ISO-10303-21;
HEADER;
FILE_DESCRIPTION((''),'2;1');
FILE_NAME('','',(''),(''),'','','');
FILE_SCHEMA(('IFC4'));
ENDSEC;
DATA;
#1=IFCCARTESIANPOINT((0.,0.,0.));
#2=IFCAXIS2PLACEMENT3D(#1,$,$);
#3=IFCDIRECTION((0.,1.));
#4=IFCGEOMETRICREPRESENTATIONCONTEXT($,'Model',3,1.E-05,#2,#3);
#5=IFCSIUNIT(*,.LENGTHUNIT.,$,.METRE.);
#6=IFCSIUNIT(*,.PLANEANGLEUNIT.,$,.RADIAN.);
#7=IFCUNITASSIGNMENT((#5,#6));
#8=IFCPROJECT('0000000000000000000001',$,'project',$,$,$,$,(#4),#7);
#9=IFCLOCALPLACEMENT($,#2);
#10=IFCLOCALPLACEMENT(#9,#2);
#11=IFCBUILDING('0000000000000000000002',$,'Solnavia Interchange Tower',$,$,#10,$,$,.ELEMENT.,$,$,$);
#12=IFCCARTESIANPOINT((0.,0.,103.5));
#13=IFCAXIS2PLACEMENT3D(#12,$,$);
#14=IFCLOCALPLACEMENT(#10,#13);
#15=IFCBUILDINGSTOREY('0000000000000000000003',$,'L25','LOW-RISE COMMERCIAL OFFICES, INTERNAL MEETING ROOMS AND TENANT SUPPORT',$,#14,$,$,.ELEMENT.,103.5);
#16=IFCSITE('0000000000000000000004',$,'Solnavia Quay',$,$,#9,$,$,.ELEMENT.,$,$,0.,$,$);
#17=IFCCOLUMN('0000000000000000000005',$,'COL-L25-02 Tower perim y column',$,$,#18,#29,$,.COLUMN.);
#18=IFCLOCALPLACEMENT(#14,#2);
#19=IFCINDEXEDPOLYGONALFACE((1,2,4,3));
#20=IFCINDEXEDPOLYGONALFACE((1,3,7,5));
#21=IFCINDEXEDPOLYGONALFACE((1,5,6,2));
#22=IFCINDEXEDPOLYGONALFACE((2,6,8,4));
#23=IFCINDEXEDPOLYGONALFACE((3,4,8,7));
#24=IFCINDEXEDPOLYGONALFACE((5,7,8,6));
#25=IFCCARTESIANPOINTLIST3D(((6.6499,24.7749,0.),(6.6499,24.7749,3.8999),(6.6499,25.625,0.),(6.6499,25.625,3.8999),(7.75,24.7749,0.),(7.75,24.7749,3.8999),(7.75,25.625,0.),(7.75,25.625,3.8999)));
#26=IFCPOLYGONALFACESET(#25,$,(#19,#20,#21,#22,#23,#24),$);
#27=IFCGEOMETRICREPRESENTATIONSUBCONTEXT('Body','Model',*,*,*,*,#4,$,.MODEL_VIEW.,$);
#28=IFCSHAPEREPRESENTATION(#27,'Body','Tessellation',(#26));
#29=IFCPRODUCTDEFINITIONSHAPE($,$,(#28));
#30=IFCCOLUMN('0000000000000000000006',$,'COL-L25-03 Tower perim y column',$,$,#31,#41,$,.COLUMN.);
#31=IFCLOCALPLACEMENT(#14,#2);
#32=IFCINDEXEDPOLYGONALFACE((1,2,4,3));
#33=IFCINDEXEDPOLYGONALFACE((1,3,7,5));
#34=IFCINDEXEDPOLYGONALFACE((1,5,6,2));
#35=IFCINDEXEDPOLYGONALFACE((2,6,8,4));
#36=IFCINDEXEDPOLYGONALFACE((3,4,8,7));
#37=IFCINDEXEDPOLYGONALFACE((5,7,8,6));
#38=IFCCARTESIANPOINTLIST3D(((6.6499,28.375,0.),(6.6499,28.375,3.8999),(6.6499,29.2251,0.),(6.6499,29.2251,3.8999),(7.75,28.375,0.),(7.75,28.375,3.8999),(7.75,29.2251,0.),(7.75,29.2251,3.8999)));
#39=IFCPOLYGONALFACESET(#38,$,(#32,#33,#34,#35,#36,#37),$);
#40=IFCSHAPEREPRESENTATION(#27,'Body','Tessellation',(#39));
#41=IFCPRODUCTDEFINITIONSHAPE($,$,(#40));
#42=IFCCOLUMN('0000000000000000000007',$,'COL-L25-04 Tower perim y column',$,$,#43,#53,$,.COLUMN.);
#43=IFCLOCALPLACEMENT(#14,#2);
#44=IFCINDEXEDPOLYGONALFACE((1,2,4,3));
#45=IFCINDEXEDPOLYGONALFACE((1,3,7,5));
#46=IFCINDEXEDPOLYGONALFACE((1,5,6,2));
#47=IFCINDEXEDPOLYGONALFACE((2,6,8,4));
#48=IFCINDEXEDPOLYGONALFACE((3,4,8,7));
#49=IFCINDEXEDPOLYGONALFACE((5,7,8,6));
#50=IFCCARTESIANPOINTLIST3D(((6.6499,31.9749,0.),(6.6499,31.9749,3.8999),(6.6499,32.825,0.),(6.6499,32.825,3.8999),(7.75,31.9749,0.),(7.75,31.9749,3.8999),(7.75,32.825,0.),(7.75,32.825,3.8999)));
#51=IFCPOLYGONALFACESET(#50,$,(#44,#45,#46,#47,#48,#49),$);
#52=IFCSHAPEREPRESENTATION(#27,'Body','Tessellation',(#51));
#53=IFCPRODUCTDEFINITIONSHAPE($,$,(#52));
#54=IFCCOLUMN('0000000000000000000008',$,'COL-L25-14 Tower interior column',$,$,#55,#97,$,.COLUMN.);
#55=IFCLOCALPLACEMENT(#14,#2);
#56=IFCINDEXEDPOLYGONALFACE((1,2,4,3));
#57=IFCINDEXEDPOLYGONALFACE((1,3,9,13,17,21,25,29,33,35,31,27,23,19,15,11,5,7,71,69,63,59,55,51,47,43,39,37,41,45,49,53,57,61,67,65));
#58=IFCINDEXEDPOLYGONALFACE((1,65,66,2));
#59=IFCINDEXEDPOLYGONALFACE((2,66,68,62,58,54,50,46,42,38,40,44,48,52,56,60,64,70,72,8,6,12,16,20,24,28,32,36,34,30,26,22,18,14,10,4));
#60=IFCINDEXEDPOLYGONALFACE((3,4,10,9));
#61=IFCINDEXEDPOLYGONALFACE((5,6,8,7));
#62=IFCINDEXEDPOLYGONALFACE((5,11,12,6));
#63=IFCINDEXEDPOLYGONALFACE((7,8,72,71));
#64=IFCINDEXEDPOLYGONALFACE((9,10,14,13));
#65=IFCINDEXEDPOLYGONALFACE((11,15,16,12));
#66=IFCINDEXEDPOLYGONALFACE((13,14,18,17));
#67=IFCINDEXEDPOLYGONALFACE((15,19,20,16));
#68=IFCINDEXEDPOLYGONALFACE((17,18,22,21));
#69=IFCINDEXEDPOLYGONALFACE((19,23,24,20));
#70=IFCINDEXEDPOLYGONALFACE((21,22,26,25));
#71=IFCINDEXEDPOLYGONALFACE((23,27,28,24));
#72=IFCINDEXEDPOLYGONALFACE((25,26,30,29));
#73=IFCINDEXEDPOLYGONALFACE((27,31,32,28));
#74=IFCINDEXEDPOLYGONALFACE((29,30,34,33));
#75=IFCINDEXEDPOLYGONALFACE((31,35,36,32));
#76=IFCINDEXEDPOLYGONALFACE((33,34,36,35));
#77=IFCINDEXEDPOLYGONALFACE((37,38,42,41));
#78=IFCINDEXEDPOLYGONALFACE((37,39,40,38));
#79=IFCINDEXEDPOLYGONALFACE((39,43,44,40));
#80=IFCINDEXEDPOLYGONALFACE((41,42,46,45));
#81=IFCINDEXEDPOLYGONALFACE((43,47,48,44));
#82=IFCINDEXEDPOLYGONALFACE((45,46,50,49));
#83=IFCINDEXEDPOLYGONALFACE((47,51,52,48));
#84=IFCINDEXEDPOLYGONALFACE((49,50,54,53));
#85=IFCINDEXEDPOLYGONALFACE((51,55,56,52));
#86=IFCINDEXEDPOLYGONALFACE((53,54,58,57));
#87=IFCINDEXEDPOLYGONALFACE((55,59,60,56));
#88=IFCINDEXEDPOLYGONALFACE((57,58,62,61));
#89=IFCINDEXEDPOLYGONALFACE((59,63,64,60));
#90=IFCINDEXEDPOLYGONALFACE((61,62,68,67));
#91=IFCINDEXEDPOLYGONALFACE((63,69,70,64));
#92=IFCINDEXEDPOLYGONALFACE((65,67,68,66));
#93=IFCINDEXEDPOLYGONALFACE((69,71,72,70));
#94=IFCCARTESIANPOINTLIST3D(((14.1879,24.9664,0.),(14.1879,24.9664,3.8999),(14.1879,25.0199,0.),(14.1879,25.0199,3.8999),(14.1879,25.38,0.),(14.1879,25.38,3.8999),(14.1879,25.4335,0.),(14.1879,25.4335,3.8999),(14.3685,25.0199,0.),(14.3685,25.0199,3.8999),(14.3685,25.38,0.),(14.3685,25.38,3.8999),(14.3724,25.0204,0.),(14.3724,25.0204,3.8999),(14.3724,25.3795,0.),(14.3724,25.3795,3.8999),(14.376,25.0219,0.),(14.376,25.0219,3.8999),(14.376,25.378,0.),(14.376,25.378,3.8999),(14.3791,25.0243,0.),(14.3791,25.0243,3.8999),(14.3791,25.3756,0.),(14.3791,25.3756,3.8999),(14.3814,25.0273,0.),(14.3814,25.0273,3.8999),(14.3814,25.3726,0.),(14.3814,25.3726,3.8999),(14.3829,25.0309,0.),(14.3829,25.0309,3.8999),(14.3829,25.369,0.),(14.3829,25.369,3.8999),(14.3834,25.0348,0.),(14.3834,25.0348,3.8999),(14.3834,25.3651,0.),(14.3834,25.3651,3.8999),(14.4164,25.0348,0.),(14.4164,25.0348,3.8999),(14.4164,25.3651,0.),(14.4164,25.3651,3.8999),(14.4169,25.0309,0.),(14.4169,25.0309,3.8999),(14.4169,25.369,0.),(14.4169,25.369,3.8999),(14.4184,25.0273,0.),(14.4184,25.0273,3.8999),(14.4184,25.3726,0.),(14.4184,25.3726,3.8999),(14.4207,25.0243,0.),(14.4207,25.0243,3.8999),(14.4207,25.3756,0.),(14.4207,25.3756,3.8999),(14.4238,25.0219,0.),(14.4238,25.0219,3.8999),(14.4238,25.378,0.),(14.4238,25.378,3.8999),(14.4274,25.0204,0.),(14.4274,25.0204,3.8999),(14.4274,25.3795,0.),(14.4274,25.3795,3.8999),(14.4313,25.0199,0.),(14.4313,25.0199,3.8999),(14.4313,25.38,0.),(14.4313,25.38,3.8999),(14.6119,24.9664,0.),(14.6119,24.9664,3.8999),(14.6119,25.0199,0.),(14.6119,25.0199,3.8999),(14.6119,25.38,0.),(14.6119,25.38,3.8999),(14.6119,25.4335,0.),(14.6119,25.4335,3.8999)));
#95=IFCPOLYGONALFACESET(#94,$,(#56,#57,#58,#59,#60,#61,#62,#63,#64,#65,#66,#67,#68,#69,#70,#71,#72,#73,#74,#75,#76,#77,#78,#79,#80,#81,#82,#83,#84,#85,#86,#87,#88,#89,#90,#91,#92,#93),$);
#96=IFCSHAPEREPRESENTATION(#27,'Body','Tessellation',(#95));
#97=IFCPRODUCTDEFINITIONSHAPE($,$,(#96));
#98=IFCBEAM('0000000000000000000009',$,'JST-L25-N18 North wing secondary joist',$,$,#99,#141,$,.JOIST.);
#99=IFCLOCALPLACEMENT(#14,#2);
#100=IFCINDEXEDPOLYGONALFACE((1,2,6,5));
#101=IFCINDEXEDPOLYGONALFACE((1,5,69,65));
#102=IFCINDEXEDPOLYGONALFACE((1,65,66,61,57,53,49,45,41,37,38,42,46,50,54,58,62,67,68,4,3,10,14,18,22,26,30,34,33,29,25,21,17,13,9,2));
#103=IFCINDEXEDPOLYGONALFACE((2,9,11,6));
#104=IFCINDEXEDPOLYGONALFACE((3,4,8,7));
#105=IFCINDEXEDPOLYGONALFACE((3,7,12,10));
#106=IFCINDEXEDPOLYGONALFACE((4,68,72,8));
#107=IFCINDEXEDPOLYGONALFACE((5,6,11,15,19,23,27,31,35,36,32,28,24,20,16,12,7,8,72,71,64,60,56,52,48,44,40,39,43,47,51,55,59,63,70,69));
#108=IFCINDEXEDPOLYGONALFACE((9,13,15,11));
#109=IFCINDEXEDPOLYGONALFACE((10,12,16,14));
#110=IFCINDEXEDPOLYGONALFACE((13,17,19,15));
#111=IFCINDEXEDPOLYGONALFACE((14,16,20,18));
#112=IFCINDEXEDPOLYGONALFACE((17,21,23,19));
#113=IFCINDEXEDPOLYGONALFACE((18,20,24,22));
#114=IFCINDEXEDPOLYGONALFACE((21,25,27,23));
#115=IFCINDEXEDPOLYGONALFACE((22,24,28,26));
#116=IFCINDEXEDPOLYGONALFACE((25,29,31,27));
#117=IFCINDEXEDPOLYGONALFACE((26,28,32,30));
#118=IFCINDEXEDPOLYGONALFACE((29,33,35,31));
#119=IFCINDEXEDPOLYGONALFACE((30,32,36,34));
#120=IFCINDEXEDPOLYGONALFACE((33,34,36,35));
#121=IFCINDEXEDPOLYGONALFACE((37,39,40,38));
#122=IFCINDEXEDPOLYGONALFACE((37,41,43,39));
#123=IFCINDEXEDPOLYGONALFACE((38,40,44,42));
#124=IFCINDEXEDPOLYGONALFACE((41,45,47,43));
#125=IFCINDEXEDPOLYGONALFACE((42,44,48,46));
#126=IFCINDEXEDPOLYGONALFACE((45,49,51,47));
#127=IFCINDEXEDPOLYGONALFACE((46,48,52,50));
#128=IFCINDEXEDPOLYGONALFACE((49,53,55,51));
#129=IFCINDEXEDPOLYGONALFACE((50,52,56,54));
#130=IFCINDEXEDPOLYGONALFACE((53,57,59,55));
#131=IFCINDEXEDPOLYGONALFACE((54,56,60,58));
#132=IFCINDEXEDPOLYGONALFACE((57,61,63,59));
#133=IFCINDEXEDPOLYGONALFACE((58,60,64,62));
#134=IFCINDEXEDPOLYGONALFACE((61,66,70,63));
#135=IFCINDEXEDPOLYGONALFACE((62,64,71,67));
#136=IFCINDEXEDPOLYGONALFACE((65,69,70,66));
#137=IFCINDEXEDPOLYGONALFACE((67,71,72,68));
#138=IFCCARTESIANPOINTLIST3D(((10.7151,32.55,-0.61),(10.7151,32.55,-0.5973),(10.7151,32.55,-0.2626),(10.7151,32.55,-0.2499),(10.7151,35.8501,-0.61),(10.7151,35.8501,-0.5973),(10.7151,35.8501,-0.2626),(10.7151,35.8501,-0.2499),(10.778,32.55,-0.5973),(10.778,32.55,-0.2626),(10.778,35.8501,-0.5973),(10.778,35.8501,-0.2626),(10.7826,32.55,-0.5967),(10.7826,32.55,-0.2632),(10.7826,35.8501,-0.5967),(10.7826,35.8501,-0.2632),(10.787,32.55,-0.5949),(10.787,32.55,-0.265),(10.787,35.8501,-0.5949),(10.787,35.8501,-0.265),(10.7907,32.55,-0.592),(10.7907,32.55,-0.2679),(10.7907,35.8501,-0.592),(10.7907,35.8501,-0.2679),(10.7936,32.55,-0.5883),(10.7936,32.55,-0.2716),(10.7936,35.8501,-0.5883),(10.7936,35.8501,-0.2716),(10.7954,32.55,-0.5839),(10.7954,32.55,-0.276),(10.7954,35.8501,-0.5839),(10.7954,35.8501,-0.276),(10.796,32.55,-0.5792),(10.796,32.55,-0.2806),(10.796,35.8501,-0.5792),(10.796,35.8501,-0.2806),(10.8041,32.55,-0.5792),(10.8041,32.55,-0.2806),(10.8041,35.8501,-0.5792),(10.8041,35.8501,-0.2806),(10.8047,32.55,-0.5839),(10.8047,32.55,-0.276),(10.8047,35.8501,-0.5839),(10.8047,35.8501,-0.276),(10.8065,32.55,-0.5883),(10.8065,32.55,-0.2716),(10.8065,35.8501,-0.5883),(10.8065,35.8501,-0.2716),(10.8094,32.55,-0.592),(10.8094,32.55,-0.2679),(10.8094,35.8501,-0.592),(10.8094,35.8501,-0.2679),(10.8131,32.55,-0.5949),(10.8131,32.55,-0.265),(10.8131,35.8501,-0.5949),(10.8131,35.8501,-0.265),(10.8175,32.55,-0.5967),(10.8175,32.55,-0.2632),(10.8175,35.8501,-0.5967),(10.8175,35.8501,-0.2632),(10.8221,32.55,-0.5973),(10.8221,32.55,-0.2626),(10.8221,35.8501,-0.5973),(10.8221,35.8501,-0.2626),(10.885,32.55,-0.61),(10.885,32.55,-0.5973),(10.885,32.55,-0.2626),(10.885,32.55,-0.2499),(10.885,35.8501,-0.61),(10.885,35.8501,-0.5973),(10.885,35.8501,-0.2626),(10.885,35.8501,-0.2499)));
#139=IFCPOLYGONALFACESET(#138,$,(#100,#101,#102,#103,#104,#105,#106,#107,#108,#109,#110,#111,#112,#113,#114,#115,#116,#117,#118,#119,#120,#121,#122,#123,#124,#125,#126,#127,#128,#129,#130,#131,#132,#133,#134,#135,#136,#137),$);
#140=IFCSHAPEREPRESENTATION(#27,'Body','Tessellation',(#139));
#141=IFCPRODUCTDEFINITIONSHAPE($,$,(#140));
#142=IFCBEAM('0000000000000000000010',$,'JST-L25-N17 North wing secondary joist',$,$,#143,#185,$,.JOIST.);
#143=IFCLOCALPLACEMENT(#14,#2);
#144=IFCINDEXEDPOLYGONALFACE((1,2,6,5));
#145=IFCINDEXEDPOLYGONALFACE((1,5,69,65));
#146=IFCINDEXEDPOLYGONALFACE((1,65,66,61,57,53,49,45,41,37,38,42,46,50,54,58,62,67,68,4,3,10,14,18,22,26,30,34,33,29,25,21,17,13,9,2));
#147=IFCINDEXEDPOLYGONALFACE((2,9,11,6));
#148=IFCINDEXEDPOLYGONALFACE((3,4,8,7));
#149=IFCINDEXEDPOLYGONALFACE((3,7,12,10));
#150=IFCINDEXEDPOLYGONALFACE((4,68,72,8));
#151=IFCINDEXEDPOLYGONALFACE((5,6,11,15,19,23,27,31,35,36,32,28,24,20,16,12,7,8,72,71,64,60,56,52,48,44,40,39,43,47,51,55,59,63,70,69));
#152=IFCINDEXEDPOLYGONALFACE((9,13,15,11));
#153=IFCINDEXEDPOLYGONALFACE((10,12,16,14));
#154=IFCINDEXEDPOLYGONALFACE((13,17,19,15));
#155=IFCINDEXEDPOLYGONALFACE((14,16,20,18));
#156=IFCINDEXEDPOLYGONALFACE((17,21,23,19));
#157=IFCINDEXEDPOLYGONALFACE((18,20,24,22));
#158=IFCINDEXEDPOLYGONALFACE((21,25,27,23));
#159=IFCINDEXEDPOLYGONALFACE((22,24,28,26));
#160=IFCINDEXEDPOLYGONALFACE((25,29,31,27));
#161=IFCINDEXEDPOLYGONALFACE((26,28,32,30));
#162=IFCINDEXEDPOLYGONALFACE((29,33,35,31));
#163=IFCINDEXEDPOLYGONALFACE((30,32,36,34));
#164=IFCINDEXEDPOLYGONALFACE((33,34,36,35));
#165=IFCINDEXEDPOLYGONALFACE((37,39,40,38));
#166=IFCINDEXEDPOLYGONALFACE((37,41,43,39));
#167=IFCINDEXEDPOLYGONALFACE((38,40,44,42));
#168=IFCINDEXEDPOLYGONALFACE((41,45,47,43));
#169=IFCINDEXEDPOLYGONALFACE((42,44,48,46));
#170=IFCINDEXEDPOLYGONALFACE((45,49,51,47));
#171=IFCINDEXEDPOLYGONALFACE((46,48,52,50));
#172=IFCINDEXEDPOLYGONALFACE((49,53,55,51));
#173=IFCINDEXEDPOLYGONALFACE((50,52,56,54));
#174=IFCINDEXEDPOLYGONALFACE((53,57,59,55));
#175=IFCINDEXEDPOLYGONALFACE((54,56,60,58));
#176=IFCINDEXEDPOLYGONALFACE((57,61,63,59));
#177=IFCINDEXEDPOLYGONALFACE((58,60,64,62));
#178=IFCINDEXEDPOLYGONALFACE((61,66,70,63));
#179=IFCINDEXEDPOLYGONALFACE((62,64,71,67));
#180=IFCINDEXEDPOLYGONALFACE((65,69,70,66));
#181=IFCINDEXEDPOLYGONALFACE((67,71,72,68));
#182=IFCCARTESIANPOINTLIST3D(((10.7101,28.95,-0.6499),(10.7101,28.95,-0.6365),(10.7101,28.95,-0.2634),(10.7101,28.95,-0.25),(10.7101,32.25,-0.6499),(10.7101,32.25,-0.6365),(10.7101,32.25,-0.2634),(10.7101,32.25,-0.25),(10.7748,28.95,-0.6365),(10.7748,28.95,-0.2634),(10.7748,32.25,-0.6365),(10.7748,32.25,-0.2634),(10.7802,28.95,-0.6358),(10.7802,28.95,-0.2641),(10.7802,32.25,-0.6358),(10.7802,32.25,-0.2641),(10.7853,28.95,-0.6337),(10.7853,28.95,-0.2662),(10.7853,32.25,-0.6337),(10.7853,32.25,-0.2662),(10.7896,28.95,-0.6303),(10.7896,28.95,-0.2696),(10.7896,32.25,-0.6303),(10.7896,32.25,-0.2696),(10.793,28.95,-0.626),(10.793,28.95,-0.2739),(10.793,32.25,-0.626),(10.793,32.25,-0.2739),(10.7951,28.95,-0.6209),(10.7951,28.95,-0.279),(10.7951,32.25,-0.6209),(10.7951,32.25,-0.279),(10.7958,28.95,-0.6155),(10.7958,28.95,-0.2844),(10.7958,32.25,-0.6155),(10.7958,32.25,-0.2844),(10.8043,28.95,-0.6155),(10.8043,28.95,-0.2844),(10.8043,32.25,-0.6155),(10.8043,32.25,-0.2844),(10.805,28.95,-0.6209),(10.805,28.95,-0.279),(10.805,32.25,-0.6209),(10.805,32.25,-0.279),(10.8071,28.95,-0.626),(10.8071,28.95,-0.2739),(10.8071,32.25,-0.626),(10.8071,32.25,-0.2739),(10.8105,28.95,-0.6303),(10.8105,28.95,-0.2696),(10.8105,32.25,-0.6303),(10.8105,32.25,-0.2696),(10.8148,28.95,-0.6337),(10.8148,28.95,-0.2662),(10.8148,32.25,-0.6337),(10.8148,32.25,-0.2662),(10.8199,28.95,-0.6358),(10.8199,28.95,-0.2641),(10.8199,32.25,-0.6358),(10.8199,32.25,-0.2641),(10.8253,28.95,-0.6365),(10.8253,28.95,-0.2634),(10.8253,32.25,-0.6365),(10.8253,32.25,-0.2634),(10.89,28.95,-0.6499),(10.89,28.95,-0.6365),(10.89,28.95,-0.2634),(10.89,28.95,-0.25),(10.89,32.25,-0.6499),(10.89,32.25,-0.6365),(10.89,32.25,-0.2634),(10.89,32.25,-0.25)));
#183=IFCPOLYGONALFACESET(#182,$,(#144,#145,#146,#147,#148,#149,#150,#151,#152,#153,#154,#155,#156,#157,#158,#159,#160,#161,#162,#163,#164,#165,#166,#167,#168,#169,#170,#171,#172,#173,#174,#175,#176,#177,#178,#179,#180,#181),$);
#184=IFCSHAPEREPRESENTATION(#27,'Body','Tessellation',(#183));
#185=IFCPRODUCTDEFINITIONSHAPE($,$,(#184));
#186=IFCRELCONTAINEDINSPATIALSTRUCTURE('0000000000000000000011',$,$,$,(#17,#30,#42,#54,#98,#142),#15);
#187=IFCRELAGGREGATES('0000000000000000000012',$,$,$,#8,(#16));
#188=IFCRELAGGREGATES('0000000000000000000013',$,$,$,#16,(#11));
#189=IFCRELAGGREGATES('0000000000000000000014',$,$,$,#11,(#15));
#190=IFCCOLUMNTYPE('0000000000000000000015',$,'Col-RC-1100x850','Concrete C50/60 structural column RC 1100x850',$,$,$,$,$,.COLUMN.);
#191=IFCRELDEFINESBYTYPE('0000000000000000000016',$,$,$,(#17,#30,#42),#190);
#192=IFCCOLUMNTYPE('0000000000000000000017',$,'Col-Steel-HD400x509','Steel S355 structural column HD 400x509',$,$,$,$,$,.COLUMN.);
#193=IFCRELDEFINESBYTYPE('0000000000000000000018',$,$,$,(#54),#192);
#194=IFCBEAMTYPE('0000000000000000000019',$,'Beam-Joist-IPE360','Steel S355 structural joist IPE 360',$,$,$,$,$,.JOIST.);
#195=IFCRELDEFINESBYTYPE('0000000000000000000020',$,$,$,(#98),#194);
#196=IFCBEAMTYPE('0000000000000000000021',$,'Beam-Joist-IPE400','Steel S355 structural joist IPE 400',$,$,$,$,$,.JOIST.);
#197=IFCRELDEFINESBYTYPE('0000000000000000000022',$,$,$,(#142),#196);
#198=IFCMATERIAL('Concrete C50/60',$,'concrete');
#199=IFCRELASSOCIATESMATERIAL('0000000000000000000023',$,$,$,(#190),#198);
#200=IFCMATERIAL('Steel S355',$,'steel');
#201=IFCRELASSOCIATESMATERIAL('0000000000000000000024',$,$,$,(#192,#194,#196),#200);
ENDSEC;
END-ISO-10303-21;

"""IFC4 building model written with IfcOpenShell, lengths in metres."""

from ifc_helpers import new_model, si_unit, direction, frame, origin, origin_2d, place, context, subcontext, project, spatial, rectangle, i_section, extrude, material, material_profile, profile_set, type_object, element, save


model = new_model("IFC4")

# Units and contexts
model_context = context("Model", 3, precision=1e-05, world=origin(), true_north=direction((0.0, 1.0)))
body_context = subcontext(model_context, "Body", "Model", "MODEL_VIEW")
ifc_project = project(units=[si_unit("LENGTHUNIT", "METRE"), si_unit("PLANEANGLEUNIT", "RADIAN")], contexts=[model_context])

# Site, building, storey
site_placement = place(None, origin())
site = spatial("IfcSite", under=ifc_project, at=site_placement, Name="Solnavia Quay", CompositionType="ELEMENT", RefElevation=0.0)
building_placement = place(site_placement, origin())
building = spatial("IfcBuilding", under=site, at=building_placement, Name="Solnavia Interchange Tower", CompositionType="ELEMENT")
storey_placement = place(building_placement, frame((0.0, 0.0, 103.5)))
storey = spatial("IfcBuildingStorey", under=building, at=storey_placement, Name="L25", Description="LOW-RISE COMMERCIAL OFFICES, INTERNAL MEETING ROOMS AND TENANT SUPPORT", CompositionType="ELEMENT", Elevation=103.5)

# Columns
ifc_material_1 = material(Name="Concrete C50/60", Category="concrete")
ifc_material_profile_1 = material_profile(ifc_material_1, rectangle(XDim=0.8501, YDim=1.1001, at=origin_2d()), Name="RC 1100x850")
ifc_profile_set_1 = profile_set([ifc_material_profile_1], Name="Concrete C50/60")
column_type_1 = type_object("IfcColumnType", Name="Col-RC-1100x850", Description="Concrete C50/60 structural column RC 1100x850", PredefinedType="COLUMN", material=ifc_profile_set_1)
for number, where, z_axis, x_axis, name in (
    (1, (7.2, 25.2, 0.0), (0.0, 0.0, 1.0), (0.0, 1.0, 0.0), "COL-L25-02 Tower perim y column"),
    (2, (7.2, 28.8, 0.0), (0.0, 0.0, 1.0), (0.0, 1.0, 0.0), "COL-L25-03 Tower perim y column"),
    (3, (7.2, 32.3999, 0.0), (0.0, 0.0, 1.0), (0.0, 1.0, 0.0), "COL-L25-04 Tower perim y column"),
):
    element("IfcColumn", number, at=place(storey_placement, frame(where, z_axis=z_axis, x_axis=x_axis)), inside=storey, type_object=column_type_1, Name=name, PredefinedType="COLUMN", context=body_context, shape_type="SweptSolid", body=[
        extrude(rectangle(XDim=0.8501, YDim=1.1001, at=origin_2d()), origin(), (0.0, 0.0, 1.0), 3.8999),
    ])
ifc_material_2 = material(Name="Steel S355", Category="steel")
ifc_material_profile_2 = material_profile(ifc_material_2, i_section(OverallWidth=0.4241, OverallDepth=0.467, WebThickness=0.033, FlangeThickness=0.0535, FilletRadius=0.0149, at=origin_2d()), Name="HD 400x509")
ifc_profile_set_2 = profile_set([ifc_material_profile_2], Name="Steel S355")
column_type_2 = type_object("IfcColumnType", Name="Col-Steel-HD400x509", Description="Steel S355 structural column HD 400x509", PredefinedType="COLUMN", material=ifc_profile_set_2)
column_placement = place(storey_placement, frame((14.3999, 25.2, 0.0), z_axis=(0.0, 0.0, 1.0), x_axis=(1.0, 0.0, 0.0)))
element("IfcColumn", 4, at=column_placement, inside=storey, type_object=column_type_2, Name="COL-L25-14 Tower interior column", PredefinedType="COLUMN", context=body_context, shape_type="SweptSolid", body=[
    extrude(i_section(OverallWidth=0.4241, OverallDepth=0.467, WebThickness=0.033, FlangeThickness=0.0535, FilletRadius=0.0149, at=origin_2d()), origin(), (0.0, 0.0, 1.0), 3.8999),
])

# Beams
ifc_material_profile_3 = material_profile(ifc_material_2, i_section(OverallWidth=0.1699, OverallDepth=0.3601, WebThickness=0.0081, FlangeThickness=0.0127, FilletRadius=0.0181, at=origin_2d()), Name="IPE 360")
ifc_profile_set_3 = profile_set([ifc_material_profile_3], Name="Steel S355")
beam_type_1 = type_object("IfcBeamType", Name="Beam-Joist-IPE360", Description="Steel S355 structural joist IPE 360", PredefinedType="JOIST", material=ifc_profile_set_3)
beam_1_placement = place(storey_placement, frame((10.8, 32.55, -0.4299), z_axis=(0.0, 1.0, 0.0), x_axis=(-1.0, 0.0, 0.0)))
element("IfcBeam", 5, at=beam_1_placement, inside=storey, type_object=beam_type_1, Name="JST-L25-N18 North wing secondary joist", PredefinedType="JOIST", context=body_context, shape_type="SweptSolid", body=[
    extrude(i_section(OverallWidth=0.1699, OverallDepth=0.3601, WebThickness=0.0081, FlangeThickness=0.0127, FilletRadius=0.0181, at=origin_2d()), origin(), (0.0, 0.0, 1.0), 3.3),
])
ifc_material_profile_4 = material_profile(ifc_material_2, i_section(OverallWidth=0.1799, OverallDepth=0.3999, WebThickness=0.0085, FlangeThickness=0.0134, FilletRadius=0.021, at=origin_2d()), Name="IPE 400")
ifc_profile_set_4 = profile_set([ifc_material_profile_4], Name="Steel S355")
beam_type_2 = type_object("IfcBeamType", Name="Beam-Joist-IPE400", Description="Steel S355 structural joist IPE 400", PredefinedType="JOIST", material=ifc_profile_set_4)
for number, where, z_axis, x_axis, name in (
    (6, (10.8, 28.95, -0.45), (0.0, 1.0, 0.0), (-1.0, 0.0, 0.0), "JST-L25-N17 North wing secondary joist"),
):
    element("IfcBeam", number, at=place(storey_placement, frame(where, z_axis=z_axis, x_axis=x_axis)), inside=storey, type_object=beam_type_2, Name=name, PredefinedType="JOIST", context=body_context, shape_type="SweptSolid", body=[
        extrude(i_section(OverallWidth=0.1799, OverallDepth=0.3999, WebThickness=0.0085, FlangeThickness=0.0134, FilletRadius=0.021, at=origin_2d()), origin(), (0.0, 0.0, 1.0), 3.3),
    ])

save(model, "model.ifc")
